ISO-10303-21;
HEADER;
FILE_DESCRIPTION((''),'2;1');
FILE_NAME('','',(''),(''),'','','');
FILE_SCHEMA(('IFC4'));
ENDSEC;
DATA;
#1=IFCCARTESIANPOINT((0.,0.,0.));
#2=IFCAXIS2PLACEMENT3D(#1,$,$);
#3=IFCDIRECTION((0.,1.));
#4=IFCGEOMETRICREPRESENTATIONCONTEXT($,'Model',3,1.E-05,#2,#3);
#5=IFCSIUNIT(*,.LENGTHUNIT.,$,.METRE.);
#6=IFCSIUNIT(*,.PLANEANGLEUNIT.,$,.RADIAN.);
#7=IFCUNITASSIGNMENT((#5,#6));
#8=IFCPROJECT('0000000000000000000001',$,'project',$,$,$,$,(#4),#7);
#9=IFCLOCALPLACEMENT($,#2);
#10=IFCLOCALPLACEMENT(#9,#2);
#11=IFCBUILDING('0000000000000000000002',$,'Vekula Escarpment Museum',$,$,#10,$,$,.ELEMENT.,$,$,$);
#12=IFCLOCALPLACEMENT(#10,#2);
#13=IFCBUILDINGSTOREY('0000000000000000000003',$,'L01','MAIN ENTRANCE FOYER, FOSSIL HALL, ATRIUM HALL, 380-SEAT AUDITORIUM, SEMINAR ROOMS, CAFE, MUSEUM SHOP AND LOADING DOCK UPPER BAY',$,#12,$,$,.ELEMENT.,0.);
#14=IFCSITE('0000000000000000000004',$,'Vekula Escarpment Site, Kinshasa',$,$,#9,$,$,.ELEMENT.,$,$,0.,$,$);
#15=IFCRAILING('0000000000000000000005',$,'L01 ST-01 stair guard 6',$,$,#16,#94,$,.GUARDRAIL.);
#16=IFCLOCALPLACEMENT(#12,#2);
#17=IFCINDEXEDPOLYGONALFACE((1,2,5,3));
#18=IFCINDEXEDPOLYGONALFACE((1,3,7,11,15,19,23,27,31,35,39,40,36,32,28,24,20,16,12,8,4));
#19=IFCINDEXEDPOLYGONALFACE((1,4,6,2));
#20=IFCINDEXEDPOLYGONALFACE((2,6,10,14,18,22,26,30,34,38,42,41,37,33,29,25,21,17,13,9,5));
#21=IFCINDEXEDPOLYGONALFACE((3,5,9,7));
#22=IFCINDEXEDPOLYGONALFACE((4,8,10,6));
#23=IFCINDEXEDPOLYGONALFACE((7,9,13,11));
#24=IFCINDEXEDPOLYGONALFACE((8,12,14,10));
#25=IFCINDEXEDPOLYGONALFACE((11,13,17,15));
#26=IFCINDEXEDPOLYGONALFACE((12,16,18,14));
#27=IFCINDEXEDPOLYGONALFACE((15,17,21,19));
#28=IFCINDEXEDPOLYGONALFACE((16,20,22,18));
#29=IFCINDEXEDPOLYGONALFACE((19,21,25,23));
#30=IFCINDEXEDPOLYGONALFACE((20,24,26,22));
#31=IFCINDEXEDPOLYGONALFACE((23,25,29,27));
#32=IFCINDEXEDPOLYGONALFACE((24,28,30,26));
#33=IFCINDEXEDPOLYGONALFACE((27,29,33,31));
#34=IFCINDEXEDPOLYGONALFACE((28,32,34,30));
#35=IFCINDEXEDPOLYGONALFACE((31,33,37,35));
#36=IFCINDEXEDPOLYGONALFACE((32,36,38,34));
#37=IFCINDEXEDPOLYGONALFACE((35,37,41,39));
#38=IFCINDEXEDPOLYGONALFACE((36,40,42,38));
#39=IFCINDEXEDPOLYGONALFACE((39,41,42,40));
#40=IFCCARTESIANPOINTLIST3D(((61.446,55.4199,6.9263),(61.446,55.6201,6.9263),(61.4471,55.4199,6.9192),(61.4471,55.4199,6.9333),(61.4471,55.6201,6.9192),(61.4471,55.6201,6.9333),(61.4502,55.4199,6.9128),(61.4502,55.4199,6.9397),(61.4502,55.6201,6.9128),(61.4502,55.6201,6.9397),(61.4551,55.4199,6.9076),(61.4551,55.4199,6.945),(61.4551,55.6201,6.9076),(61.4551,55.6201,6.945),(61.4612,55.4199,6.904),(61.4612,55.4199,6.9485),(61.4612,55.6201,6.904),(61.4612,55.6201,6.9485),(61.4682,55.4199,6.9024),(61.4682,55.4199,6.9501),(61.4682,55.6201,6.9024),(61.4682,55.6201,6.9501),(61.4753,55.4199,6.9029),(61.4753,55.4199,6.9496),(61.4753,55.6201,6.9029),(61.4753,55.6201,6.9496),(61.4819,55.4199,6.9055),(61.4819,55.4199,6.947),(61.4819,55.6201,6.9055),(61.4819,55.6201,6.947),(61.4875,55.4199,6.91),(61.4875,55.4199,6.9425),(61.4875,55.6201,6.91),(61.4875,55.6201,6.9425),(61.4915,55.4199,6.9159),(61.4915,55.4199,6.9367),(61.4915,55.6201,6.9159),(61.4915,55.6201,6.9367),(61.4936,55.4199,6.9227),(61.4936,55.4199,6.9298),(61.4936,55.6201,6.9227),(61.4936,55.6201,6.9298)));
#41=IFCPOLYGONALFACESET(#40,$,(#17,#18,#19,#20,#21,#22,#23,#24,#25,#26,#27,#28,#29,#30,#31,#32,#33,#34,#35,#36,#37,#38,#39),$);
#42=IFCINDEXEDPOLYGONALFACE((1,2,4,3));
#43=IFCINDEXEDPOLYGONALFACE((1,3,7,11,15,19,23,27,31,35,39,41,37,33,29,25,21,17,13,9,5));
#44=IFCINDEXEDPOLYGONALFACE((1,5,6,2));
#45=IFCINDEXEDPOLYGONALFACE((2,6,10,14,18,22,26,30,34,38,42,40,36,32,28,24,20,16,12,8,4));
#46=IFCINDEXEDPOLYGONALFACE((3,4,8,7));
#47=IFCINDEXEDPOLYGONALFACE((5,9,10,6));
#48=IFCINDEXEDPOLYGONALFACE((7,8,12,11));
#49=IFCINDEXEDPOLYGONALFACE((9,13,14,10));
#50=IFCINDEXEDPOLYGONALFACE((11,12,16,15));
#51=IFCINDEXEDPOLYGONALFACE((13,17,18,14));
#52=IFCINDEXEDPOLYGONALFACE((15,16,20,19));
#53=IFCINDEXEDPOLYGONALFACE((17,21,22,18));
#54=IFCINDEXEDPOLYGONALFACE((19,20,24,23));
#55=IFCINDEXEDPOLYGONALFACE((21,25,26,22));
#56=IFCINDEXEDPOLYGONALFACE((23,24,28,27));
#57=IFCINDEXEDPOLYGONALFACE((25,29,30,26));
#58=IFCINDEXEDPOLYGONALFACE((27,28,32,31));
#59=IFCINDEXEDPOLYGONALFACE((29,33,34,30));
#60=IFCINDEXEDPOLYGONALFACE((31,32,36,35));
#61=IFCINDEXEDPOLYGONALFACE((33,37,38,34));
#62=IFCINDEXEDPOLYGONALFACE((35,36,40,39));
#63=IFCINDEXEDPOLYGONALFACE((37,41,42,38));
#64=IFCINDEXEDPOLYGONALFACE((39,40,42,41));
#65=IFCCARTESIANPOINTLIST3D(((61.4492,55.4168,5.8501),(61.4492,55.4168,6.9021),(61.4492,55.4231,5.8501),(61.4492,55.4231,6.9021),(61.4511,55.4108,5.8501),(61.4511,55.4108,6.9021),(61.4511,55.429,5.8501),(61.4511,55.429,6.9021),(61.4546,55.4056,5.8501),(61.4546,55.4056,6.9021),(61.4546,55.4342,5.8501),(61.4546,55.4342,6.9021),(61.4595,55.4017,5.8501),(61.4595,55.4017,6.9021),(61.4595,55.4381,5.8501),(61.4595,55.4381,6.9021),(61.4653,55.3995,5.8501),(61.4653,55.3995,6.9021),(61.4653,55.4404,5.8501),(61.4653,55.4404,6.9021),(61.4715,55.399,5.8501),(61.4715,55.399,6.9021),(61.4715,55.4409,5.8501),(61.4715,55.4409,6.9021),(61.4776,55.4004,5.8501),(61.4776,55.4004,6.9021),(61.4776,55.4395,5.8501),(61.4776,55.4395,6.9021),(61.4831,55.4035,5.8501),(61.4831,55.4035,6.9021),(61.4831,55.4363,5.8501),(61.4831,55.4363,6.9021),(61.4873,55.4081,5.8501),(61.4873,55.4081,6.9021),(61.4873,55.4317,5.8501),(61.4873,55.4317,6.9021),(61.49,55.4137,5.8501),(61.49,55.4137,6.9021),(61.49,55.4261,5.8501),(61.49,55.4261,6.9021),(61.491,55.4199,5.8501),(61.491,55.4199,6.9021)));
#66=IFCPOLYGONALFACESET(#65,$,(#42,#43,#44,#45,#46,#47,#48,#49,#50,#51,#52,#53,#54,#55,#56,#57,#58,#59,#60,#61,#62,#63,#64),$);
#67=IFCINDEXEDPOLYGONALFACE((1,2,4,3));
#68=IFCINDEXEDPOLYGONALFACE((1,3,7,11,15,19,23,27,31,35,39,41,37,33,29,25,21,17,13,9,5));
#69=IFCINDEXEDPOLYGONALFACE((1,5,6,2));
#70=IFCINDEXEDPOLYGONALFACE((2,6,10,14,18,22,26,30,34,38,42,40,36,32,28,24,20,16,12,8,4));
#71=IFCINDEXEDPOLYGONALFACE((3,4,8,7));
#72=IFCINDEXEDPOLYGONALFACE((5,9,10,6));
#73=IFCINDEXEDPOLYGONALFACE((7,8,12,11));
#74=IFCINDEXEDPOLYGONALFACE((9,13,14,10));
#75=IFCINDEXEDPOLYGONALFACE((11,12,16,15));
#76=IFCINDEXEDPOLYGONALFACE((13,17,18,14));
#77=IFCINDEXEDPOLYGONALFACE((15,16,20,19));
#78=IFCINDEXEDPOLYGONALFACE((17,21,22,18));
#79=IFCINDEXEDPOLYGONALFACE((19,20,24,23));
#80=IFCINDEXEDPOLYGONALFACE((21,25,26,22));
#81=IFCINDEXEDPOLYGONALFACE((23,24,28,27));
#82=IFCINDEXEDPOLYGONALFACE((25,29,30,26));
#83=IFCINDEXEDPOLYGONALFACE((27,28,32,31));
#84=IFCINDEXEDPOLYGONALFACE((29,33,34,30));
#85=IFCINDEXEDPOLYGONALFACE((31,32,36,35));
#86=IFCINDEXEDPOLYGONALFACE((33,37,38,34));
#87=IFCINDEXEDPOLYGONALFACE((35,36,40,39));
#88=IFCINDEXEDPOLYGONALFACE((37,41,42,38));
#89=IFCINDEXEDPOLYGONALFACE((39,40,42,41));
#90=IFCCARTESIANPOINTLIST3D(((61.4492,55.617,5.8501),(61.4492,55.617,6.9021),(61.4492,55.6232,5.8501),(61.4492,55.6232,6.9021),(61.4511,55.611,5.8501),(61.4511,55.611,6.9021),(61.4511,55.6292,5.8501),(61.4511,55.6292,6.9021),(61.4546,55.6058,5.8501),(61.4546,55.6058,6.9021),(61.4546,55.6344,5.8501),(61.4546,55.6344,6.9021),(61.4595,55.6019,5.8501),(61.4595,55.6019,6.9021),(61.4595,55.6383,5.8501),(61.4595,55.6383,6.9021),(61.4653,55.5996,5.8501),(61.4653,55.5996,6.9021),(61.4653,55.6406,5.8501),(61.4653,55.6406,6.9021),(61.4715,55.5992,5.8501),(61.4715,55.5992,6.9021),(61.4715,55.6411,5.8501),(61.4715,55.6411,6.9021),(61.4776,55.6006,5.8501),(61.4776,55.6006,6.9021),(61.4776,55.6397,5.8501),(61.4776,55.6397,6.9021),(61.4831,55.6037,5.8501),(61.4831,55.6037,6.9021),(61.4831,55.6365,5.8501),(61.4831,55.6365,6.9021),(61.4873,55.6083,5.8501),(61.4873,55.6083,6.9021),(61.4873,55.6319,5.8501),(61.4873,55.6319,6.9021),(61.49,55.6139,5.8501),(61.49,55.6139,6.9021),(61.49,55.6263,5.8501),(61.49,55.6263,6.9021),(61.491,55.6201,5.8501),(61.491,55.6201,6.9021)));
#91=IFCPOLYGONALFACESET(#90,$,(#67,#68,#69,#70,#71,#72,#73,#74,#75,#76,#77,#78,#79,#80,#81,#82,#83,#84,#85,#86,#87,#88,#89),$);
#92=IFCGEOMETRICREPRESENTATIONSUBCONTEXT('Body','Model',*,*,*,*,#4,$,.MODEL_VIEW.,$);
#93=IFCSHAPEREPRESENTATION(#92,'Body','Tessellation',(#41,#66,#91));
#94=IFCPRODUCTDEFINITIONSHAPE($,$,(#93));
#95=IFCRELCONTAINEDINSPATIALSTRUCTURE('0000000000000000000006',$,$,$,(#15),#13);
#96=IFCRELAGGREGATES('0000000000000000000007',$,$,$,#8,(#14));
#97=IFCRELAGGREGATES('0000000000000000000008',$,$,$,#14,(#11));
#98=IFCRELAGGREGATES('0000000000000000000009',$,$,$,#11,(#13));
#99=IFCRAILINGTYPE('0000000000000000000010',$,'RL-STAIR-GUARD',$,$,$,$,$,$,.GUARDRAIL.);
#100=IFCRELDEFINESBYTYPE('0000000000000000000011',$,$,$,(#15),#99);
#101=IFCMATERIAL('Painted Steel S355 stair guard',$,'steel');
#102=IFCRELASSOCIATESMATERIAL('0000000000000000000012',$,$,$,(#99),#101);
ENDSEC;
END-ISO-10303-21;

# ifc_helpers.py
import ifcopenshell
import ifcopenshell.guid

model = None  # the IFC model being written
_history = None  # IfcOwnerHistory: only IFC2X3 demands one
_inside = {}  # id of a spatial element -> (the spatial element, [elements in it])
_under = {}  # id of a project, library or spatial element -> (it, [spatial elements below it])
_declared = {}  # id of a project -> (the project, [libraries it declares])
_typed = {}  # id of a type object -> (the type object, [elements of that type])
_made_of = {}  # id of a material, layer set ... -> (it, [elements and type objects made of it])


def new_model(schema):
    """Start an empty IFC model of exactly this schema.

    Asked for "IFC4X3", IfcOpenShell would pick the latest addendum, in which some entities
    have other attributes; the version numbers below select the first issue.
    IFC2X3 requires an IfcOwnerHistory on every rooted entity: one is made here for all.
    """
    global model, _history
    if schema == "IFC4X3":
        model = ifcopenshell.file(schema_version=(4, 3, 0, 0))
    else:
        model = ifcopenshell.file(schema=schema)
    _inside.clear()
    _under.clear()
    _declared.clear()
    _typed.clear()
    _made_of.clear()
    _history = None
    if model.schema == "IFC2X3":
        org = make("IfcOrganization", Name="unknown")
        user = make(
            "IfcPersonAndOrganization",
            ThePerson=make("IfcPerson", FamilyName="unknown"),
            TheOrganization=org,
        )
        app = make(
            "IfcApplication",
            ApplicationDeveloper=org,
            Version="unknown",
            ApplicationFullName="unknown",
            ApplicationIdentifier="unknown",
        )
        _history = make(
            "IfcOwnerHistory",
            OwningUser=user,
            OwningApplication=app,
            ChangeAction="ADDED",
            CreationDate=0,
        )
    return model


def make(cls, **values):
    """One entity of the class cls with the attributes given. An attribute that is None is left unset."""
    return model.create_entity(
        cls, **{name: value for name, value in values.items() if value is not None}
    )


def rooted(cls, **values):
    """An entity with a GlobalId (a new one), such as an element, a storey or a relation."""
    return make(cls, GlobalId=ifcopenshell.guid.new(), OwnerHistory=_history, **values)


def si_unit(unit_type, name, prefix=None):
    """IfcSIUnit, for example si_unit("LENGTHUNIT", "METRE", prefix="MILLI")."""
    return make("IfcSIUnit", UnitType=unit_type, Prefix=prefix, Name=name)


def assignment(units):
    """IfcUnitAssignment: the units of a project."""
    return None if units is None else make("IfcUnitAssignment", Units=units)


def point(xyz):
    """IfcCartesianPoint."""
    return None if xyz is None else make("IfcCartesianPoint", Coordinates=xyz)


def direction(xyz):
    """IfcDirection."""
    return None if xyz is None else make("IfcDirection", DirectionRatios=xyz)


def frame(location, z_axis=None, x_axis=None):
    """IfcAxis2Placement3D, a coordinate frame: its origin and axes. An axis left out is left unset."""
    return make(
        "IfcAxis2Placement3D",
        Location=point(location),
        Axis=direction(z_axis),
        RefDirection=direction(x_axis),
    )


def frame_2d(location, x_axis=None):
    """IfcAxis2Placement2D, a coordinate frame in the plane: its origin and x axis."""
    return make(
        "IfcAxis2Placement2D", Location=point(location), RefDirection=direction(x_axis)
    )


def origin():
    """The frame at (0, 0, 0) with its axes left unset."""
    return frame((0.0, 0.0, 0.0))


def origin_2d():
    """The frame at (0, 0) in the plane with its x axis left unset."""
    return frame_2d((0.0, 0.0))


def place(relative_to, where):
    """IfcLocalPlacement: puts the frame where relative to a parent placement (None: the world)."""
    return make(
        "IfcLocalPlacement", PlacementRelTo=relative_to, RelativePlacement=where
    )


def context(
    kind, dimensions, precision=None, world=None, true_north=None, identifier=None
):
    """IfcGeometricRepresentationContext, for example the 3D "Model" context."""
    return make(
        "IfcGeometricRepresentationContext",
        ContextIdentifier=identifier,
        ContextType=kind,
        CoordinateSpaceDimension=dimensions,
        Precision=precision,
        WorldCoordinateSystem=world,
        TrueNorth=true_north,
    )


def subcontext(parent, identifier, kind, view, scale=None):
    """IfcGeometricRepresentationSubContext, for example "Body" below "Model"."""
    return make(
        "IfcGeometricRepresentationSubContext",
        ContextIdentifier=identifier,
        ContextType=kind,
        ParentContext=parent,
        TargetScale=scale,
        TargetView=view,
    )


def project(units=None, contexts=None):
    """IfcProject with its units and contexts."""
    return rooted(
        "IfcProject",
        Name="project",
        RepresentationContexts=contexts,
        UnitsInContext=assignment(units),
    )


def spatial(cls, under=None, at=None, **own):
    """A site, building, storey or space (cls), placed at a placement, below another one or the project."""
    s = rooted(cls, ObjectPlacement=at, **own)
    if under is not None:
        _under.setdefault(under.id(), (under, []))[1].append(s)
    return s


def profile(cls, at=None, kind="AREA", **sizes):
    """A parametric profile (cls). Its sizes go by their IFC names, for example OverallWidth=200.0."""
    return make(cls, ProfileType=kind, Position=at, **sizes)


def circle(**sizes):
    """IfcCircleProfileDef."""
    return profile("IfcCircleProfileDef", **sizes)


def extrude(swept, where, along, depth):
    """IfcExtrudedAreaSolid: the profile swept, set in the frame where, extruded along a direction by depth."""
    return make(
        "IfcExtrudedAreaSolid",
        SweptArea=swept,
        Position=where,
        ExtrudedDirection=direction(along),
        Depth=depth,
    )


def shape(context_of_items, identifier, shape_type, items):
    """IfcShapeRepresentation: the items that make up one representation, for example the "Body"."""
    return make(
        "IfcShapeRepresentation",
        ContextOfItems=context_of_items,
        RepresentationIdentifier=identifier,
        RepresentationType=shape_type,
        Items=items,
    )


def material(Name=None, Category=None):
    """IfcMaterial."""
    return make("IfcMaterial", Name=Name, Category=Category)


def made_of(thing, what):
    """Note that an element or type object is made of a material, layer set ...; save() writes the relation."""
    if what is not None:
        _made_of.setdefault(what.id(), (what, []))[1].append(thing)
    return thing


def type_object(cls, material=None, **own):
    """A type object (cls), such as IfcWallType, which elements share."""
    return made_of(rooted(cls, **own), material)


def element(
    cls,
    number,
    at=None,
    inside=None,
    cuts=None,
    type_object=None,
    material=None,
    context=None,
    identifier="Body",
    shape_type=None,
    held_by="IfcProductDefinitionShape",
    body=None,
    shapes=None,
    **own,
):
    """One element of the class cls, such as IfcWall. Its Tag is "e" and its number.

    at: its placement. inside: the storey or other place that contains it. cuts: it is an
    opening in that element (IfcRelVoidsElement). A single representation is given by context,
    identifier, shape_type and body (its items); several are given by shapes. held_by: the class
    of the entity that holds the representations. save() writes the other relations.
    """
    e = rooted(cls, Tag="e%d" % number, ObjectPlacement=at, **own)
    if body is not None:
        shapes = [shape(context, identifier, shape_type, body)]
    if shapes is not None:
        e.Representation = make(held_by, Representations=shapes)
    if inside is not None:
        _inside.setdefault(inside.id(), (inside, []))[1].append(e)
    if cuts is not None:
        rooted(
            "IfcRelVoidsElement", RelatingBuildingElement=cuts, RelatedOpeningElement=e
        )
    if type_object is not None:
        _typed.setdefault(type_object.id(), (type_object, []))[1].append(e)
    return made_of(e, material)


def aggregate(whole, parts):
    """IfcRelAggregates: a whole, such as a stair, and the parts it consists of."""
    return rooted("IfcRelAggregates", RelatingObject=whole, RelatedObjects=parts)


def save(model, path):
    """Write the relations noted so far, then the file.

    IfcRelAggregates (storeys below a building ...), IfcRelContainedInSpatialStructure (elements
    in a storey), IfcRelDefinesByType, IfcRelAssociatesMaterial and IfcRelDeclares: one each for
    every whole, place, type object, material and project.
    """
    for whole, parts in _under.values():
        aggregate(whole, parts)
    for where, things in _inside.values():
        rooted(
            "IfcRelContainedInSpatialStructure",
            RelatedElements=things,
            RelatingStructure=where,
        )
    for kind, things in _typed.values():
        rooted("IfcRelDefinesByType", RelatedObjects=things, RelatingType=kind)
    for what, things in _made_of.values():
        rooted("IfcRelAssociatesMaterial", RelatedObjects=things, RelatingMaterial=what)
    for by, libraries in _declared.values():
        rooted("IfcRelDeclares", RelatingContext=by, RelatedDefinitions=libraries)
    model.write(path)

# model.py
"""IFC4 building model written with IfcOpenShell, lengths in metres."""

from ifc_helpers import new_model, si_unit, direction, frame, origin, origin_2d, place, context, subcontext, project, spatial, circle, extrude, material, type_object, element, save


model = new_model("IFC4")

# Units and contexts
model_context = context("Model", 3, precision=1e-05, world=origin(), true_north=direction((0.0, 1.0)))
body_context = subcontext(model_context, "Body", "Model", "MODEL_VIEW")
ifc_project = project(units=[si_unit("LENGTHUNIT", "METRE"), si_unit("PLANEANGLEUNIT", "RADIAN")], contexts=[model_context])

# Site, building, storey
site_placement = place(None, origin())
site = spatial("IfcSite", under=ifc_project, at=site_placement, Name="Vekula Escarpment Site, Kinshasa", CompositionType="ELEMENT", RefElevation=0.0)
building_placement = place(site_placement, origin())
building = spatial("IfcBuilding", under=site, at=building_placement, Name="Vekula Escarpment Museum", CompositionType="ELEMENT")
storey_placement = place(building_placement, origin())
storey = spatial("IfcBuildingStorey", under=building, at=storey_placement, Name="L01", Description="MAIN ENTRANCE FOYER, FOSSIL HALL, ATRIUM HALL, 380-SEAT AUDITORIUM, SEMINAR ROOMS, CAFE, MUSEUM SHOP AND LOADING DOCK UPPER BAY", CompositionType="ELEMENT", Elevation=0.0)

# Railing
ifc_material_1 = material(Name="Painted Steel S355 stair guard", Category="steel")
railing_type_1 = type_object("IfcRailingType", Name="RL-STAIR-GUARD", PredefinedType="GUARDRAIL", material=ifc_material_1)
railing_1_placement = place(storey_placement, frame((61.47, 55.4199, 5.8501)))
element("IfcRailing", 1, at=railing_1_placement, inside=storey, type_object=railing_type_1, Name="L01 ST-01 stair guard 6", PredefinedType="GUARDRAIL", context=body_context, shape_type="SweptSolid", body=[
    extrude(circle(Radius=0.0239, at=origin_2d()), frame((0.0, 0.0, 1.0762), z_axis=(0.0, 1.0, 0.0), x_axis=(-1.0, 0.0, 0.0)), (0.0, 0.0, 1.0), 0.2002),
    extrude(circle(Radius=0.021, at=origin_2d()), origin(), (0.0, 0.0, 1.0), 1.052),
    extrude(circle(Radius=0.021, at=origin_2d()), frame((0.0, 0.2002, 0.0)), (0.0, 0.0, 1.0), 1.052),
])

save(model, "model.ifc")
